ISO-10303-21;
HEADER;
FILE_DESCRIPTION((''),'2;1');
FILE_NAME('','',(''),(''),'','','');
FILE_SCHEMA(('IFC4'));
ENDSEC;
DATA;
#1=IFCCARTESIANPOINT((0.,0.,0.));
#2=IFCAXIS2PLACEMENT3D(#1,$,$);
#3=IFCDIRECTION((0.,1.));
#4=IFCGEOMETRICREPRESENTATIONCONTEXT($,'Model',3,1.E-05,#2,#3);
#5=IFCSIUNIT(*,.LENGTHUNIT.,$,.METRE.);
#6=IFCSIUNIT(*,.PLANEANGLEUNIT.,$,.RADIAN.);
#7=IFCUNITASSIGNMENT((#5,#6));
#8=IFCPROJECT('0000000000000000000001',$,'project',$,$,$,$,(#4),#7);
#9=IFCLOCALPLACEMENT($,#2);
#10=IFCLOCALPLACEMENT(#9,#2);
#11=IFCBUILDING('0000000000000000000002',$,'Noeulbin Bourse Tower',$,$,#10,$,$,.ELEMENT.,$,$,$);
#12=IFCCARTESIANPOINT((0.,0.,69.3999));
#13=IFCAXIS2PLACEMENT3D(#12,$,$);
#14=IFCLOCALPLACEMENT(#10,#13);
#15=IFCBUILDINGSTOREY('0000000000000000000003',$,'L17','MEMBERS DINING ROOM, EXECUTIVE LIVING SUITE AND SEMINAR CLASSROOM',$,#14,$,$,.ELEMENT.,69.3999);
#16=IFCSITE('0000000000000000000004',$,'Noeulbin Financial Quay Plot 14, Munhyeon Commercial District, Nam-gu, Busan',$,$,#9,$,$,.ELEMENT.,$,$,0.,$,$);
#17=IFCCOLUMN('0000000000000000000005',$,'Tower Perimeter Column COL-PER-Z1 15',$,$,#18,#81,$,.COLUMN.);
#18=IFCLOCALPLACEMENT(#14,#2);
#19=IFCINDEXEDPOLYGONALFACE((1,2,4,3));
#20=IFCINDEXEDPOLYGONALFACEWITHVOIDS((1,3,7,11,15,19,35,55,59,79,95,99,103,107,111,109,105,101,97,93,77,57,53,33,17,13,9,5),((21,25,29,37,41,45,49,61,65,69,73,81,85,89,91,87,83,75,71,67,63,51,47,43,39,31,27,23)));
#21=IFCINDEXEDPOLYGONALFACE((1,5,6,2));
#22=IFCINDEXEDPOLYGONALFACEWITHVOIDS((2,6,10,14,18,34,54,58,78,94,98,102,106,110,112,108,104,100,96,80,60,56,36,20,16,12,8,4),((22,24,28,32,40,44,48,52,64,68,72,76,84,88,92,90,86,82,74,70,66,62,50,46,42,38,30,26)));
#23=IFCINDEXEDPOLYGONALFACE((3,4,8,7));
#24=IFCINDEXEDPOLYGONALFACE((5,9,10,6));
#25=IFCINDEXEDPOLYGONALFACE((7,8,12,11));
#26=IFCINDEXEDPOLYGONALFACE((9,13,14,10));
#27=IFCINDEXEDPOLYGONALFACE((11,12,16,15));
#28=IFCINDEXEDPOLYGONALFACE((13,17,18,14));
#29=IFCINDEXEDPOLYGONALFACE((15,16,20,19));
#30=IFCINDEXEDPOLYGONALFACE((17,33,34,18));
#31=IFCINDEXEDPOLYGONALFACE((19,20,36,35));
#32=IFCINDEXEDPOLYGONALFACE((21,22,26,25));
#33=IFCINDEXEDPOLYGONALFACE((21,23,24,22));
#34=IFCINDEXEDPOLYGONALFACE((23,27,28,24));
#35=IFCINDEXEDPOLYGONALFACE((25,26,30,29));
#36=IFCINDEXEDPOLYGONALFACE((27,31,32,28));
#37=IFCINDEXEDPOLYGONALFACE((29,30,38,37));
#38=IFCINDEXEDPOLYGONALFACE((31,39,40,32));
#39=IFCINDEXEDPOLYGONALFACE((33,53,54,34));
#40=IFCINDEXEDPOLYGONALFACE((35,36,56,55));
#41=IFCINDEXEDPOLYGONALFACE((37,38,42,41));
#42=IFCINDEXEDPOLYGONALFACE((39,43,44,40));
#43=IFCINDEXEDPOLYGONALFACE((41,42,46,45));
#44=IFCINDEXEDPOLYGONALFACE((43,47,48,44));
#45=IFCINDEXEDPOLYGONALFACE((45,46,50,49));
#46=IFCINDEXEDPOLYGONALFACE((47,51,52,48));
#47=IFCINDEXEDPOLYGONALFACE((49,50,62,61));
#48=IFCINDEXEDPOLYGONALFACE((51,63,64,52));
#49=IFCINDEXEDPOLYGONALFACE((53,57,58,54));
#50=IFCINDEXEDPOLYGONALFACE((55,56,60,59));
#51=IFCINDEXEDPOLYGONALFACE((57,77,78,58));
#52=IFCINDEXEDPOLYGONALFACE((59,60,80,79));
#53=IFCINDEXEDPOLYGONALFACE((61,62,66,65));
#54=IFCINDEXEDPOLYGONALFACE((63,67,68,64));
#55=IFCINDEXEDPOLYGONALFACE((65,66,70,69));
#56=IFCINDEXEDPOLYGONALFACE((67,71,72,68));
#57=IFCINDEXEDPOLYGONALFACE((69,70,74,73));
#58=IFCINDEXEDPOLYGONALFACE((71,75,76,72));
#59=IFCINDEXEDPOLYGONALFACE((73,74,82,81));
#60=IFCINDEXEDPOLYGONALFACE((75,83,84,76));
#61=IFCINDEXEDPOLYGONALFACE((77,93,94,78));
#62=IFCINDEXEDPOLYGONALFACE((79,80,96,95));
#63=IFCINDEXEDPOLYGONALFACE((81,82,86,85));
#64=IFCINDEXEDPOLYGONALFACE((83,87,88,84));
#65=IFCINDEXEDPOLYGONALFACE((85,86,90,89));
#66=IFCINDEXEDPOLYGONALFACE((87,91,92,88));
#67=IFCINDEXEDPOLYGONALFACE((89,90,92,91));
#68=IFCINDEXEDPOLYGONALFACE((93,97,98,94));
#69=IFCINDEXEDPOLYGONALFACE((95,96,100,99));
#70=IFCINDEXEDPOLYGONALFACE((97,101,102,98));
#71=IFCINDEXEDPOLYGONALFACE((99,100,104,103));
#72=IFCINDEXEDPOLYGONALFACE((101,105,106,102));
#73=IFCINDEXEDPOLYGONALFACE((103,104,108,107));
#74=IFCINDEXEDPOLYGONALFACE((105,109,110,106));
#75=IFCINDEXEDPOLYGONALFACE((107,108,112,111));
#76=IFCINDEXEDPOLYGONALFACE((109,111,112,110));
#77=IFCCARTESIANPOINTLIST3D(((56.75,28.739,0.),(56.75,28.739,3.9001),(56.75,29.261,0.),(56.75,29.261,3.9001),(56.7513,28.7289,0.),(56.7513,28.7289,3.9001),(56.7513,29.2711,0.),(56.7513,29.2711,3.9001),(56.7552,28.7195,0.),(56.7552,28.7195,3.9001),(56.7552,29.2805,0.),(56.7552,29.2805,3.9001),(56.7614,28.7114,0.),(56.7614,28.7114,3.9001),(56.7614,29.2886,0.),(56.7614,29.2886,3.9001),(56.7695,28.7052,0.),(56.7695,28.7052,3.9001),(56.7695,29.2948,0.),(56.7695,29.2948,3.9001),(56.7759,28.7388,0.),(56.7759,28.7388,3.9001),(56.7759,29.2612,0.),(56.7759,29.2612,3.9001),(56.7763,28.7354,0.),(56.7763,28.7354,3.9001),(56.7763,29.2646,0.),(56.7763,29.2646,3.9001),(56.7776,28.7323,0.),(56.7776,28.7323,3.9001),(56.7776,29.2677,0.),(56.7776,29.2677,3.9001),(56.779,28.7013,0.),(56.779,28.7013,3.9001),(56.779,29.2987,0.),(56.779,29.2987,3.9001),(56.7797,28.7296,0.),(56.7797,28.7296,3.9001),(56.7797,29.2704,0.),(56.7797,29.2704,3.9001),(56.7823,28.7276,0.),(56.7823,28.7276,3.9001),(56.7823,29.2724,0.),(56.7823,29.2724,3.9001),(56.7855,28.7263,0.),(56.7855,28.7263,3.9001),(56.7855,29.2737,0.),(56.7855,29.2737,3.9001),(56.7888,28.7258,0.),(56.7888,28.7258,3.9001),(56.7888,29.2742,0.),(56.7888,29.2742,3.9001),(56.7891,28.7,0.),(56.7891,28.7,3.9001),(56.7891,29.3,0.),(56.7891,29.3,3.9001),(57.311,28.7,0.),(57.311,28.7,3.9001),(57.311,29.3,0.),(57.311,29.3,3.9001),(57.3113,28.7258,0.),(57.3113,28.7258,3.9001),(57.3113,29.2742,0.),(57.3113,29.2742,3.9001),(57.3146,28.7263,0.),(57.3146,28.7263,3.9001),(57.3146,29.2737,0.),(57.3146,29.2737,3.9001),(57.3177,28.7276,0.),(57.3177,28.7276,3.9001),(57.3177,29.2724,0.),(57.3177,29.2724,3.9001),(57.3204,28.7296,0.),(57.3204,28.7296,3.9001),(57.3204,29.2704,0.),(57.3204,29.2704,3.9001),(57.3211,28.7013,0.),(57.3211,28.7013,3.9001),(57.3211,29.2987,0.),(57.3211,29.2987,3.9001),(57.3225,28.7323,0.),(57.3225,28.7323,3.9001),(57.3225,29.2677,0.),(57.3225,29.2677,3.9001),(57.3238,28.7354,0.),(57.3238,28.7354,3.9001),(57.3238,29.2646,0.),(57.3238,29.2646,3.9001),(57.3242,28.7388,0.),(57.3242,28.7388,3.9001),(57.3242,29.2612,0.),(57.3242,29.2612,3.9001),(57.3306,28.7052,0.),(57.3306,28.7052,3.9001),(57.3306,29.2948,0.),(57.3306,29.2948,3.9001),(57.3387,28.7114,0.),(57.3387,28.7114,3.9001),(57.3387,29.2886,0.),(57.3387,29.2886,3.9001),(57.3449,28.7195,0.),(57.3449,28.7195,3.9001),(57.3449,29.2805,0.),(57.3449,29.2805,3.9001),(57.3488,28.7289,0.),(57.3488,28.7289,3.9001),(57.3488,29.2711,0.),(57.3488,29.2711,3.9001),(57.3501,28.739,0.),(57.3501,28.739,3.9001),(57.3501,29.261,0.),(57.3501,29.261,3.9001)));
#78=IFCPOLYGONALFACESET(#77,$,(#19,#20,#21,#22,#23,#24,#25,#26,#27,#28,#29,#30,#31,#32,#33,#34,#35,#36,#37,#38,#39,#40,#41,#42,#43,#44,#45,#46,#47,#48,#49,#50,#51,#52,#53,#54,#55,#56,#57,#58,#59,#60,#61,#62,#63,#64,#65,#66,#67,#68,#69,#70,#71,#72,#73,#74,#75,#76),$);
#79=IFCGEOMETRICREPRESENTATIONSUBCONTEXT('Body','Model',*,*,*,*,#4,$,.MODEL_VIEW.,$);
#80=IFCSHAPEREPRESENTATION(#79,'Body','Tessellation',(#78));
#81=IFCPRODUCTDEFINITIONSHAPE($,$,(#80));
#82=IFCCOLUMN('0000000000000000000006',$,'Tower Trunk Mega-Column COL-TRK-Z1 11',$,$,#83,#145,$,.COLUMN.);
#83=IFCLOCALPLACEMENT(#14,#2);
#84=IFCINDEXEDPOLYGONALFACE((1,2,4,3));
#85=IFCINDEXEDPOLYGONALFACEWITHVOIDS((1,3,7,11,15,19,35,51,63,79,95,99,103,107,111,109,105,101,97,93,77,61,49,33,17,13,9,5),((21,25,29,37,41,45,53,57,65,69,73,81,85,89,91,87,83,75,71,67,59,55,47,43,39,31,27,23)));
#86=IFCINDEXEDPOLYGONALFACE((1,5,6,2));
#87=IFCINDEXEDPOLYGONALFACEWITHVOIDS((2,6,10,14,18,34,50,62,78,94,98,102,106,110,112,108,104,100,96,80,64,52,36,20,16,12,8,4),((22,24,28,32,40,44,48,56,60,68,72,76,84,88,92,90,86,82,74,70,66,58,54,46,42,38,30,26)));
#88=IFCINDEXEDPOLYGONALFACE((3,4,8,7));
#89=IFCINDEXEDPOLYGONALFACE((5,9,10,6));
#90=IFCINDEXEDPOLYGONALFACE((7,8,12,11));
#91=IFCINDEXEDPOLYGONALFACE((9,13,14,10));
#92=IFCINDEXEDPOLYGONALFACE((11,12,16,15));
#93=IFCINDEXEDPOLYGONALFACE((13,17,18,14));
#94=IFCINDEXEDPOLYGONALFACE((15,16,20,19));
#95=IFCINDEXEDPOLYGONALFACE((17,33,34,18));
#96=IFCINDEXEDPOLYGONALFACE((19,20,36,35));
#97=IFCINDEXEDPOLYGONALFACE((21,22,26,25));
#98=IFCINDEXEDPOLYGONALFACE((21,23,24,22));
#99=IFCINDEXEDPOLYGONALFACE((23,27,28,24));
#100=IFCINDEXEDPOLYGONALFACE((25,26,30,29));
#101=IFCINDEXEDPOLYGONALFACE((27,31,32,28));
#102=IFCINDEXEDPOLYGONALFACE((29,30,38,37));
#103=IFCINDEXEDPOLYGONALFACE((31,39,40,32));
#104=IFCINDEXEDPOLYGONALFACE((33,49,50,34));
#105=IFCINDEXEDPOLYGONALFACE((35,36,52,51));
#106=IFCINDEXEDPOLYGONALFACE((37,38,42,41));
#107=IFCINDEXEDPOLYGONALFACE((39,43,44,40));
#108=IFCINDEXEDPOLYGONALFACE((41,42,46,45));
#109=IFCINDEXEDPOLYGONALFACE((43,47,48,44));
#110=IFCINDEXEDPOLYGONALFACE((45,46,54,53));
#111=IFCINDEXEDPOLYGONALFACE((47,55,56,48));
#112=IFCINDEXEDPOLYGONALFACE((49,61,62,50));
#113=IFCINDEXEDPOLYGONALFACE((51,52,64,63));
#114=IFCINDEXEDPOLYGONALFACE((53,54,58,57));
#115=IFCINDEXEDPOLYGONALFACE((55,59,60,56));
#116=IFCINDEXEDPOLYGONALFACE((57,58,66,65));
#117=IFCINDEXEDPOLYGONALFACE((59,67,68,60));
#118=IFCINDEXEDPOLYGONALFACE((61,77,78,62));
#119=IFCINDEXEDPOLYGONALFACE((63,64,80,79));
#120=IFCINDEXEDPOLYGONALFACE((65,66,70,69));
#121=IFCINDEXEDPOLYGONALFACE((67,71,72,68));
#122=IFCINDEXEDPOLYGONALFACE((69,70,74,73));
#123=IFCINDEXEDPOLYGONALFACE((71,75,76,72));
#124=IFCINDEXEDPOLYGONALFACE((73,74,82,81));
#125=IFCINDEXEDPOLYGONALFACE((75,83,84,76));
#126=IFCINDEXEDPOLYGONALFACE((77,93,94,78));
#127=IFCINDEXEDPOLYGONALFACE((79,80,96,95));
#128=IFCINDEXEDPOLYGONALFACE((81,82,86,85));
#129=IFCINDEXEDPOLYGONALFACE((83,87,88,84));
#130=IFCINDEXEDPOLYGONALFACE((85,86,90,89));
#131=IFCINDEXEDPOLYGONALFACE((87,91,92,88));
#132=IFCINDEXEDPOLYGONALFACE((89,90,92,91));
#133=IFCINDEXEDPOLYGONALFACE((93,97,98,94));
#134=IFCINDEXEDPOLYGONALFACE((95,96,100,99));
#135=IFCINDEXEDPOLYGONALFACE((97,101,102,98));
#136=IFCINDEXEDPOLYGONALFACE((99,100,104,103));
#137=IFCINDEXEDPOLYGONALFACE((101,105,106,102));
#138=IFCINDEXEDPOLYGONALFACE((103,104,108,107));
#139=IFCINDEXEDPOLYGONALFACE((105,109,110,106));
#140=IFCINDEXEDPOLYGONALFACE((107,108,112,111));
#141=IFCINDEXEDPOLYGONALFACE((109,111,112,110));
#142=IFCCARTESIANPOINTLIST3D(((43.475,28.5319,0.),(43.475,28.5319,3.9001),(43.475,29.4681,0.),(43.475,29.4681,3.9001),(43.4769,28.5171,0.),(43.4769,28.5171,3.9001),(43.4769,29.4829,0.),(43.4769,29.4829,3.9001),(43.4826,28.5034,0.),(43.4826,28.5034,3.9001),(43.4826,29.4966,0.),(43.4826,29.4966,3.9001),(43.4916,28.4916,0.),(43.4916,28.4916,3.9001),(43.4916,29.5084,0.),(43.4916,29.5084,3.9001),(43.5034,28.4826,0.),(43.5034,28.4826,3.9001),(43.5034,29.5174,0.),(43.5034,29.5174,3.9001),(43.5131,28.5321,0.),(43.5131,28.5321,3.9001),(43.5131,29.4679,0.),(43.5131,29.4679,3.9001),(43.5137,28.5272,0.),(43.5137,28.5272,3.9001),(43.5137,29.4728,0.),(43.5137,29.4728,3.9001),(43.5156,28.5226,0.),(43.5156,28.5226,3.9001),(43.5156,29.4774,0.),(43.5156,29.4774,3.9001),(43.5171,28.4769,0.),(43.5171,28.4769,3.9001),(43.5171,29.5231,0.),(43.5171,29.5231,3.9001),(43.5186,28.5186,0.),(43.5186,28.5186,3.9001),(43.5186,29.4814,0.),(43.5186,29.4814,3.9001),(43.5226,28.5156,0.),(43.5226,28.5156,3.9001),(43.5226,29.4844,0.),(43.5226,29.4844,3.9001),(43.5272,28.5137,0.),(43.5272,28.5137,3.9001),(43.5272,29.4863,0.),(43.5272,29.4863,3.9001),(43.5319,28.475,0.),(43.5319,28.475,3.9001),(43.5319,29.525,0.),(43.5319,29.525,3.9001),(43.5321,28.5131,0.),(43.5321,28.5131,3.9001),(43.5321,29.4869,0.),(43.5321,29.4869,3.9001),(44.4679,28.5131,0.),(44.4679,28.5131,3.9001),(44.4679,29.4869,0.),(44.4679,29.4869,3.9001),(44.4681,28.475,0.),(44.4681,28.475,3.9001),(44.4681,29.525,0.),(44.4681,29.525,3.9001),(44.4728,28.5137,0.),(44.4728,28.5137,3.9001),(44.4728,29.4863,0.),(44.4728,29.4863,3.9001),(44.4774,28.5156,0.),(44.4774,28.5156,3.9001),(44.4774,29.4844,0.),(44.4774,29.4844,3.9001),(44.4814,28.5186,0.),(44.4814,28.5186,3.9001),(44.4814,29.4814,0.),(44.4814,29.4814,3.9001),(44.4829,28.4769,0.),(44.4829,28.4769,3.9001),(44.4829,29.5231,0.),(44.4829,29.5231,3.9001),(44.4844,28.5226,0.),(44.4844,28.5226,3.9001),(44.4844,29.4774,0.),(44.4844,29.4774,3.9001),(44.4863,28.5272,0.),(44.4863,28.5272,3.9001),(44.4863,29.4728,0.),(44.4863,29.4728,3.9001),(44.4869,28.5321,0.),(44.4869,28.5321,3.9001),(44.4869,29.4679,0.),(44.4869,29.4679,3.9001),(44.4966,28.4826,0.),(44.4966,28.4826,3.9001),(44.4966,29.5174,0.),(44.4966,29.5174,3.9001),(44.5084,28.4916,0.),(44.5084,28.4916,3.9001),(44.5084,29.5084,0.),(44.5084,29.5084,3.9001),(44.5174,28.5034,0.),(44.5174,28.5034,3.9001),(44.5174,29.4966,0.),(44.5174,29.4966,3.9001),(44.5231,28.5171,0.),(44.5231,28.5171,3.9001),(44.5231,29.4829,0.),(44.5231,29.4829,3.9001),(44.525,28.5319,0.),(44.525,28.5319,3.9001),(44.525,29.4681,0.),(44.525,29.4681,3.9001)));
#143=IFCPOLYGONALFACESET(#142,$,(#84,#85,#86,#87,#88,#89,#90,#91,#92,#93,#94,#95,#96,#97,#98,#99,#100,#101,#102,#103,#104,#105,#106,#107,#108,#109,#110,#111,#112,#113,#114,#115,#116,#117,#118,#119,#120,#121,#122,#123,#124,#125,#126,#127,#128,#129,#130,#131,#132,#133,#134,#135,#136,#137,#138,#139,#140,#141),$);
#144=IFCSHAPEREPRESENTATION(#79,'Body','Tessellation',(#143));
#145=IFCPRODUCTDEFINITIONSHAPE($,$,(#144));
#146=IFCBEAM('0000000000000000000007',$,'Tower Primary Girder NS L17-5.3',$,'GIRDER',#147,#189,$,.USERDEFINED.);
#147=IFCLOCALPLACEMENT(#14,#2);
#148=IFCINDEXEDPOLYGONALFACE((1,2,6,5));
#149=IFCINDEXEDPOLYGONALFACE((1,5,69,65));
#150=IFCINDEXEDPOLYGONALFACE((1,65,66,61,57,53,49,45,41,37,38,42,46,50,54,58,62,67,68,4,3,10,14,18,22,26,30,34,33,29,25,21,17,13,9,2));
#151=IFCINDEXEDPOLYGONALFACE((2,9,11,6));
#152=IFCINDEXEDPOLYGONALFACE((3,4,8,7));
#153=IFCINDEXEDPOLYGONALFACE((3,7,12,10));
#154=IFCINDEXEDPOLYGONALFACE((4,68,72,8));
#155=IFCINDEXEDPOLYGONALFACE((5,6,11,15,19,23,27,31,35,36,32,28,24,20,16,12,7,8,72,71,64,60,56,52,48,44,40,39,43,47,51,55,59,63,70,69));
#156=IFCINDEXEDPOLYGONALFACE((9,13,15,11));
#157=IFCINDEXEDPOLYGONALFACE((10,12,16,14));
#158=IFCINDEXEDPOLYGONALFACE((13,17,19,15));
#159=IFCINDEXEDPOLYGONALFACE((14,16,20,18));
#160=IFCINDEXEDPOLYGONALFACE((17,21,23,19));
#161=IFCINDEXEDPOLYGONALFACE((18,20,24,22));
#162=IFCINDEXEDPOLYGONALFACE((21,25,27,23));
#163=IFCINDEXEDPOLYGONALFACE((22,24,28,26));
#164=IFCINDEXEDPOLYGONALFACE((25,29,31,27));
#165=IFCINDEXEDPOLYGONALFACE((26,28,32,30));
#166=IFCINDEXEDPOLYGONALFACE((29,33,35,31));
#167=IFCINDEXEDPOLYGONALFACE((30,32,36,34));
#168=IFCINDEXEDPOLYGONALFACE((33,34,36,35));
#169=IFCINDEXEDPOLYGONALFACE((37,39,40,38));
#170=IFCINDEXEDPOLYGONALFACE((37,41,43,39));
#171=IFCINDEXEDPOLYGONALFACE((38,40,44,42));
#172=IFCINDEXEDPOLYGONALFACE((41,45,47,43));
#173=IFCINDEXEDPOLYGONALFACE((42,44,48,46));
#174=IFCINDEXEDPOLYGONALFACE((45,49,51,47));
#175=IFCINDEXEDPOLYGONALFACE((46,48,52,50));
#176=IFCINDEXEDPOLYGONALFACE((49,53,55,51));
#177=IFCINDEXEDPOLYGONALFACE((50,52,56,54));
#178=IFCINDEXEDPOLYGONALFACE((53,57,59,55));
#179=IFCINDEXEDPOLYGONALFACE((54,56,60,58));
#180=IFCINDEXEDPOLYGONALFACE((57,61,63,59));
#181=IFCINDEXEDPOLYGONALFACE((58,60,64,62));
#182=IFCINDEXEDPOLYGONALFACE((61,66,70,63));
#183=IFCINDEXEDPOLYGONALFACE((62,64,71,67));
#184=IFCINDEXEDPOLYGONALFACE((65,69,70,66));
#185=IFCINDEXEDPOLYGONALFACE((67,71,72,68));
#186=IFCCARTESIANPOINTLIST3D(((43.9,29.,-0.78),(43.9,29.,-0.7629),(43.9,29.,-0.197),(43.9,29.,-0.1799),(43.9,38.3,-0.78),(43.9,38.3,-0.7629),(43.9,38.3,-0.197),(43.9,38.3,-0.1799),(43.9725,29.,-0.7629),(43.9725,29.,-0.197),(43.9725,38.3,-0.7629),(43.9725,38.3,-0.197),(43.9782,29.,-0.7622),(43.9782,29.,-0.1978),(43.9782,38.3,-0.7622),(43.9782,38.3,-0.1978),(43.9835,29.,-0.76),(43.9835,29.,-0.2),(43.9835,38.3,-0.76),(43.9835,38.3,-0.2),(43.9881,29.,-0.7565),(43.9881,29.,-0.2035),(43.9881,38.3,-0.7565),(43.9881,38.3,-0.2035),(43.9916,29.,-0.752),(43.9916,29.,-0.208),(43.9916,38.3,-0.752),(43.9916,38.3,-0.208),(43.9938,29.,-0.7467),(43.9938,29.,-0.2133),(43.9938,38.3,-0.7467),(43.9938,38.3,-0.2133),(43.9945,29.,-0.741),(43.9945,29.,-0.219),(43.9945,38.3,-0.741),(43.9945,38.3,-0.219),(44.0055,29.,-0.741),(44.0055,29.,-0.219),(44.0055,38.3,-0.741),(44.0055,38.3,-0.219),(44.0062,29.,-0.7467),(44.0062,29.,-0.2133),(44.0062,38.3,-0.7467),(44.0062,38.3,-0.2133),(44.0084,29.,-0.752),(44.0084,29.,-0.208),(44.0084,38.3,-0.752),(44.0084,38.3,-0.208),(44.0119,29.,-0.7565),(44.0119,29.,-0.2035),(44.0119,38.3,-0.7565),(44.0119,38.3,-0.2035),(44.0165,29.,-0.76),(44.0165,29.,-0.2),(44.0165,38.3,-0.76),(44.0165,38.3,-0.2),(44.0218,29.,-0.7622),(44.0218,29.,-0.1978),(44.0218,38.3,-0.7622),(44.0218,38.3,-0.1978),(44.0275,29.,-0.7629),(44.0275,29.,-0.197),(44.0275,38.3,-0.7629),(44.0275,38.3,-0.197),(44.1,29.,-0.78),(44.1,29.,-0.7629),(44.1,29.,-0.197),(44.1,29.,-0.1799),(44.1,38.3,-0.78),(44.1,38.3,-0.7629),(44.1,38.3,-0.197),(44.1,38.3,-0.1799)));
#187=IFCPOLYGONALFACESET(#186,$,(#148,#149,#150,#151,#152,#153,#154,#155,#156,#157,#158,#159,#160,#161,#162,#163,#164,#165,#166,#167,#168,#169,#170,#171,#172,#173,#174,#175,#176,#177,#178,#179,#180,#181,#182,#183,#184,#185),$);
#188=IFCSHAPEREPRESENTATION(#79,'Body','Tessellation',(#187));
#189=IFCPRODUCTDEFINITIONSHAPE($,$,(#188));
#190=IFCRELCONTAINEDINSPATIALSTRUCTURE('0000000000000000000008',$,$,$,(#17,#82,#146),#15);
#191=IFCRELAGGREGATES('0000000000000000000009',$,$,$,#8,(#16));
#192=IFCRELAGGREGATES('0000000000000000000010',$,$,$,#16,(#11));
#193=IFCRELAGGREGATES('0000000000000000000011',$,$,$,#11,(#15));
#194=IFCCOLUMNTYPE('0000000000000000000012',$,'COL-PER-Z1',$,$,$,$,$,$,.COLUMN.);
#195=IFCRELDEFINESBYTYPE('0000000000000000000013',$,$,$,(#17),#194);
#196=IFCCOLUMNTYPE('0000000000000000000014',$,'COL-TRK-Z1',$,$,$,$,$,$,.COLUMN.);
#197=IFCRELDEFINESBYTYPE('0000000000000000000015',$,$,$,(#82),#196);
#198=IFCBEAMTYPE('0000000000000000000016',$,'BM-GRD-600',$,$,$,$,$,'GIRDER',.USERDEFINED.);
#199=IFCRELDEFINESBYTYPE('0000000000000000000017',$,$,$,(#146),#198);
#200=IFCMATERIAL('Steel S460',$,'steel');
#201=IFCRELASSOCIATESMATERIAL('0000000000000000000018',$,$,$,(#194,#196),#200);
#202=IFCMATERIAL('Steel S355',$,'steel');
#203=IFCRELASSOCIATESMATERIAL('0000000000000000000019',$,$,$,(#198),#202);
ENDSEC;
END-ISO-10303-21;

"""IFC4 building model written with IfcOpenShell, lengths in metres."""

from ifc_helpers import new_model, si_unit, direction, frame, origin, origin_2d, place, context, subcontext, project, spatial, hollow_rectangle, i_section, extrude, material, material_profile, profile_set, type_object, element, save


model = new_model("IFC4")

# Units and contexts
model_context = context("Model", 3, precision=1e-05, world=origin(), true_north=direction((0.0, 1.0)))
body_context = subcontext(model_context, "Body", "Model", "MODEL_VIEW")
ifc_project = project(units=[si_unit("LENGTHUNIT", "METRE"), si_unit("PLANEANGLEUNIT", "RADIAN")], contexts=[model_context])

# Site, building, storey
site_placement = place(None, origin())
site = spatial("IfcSite", under=ifc_project, at=site_placement, Name="Noeulbin Financial Quay Plot 14, Munhyeon Commercial District, Nam-gu, Busan", CompositionType="ELEMENT", RefElevation=0.0)
building_placement = place(site_placement, origin())
building = spatial("IfcBuilding", under=site, at=building_placement, Name="Noeulbin Bourse Tower", CompositionType="ELEMENT")
storey_placement = place(building_placement, frame((0.0, 0.0, 69.3999)))
storey = spatial("IfcBuildingStorey", under=building, at=storey_placement, Name="L17", Description="MEMBERS DINING ROOM, EXECUTIVE LIVING SUITE AND SEMINAR CLASSROOM", CompositionType="ELEMENT", Elevation=69.3999)

# Columns
ifc_material_1 = material(Name="Steel S460", Category="steel")
ifc_material_profile_1 = material_profile(ifc_material_1, hollow_rectangle(XDim=0.6001, YDim=0.6001, WallThickness=0.0259, InnerFilletRadius=0.0129, OuterFilletRadius=0.0391, at=origin_2d()), Name="BOX-600x600x26", Category="LoadBearing")
ifc_profile_set_1 = profile_set([ifc_material_profile_1], Name="Steel S460")
column_type_1 = type_object("IfcColumnType", Name="COL-PER-Z1", PredefinedType="COLUMN", material=ifc_profile_set_1)
column_1_placement = place(storey_placement, frame((57.05, 29.0, 0.0), z_axis=(0.0, 0.0, 1.0), x_axis=(1.0, 0.0, 0.0)))
element("IfcColumn", 1, at=column_1_placement, inside=storey, type_object=column_type_1, Name="Tower Perimeter Column COL-PER-Z1 15", PredefinedType="COLUMN", context=body_context, shape_type="SweptSolid", body=[
    extrude(hollow_rectangle(XDim=0.6001, YDim=0.6001, WallThickness=0.0259, InnerFilletRadius=0.0129, OuterFilletRadius=0.0391, at=origin_2d()), origin(), (0.0, 0.0, 1.0), 3.9001),
])
ifc_material_profile_2 = material_profile(ifc_material_1, hollow_rectangle(XDim=1.05, YDim=1.05, WallThickness=0.0381, InnerFilletRadius=0.019, OuterFilletRadius=0.0569, at=origin_2d()), Name="BOX-1050x1050x38", Category="LoadBearing")
ifc_profile_set_2 = profile_set([ifc_material_profile_2], Name="Steel S460")
column_type_2 = type_object("IfcColumnType", Name="COL-TRK-Z1", PredefinedType="COLUMN", material=ifc_profile_set_2)
column_2_placement = place(storey_placement, frame((44.0, 29.0, 0.0), z_axis=(0.0, 0.0, 1.0), x_axis=(1.0, 0.0, 0.0)))
element("IfcColumn", 2, at=column_2_placement, inside=storey, type_object=column_type_2, Name="Tower Trunk Mega-Column COL-TRK-Z1 11", PredefinedType="COLUMN", context=body_context, shape_type="SweptSolid", body=[
    extrude(hollow_rectangle(XDim=1.05, YDim=1.05, WallThickness=0.0381, InnerFilletRadius=0.019, OuterFilletRadius=0.0569, at=origin_2d()), origin(), (0.0, 0.0, 1.0), 3.9001),
])

# Beam
ifc_material_2 = material(Name="Steel S355", Category="steel")
ifc_material_profile_3 = material_profile(ifc_material_2, i_section(OverallWidth=0.2, OverallDepth=0.6001, WebThickness=0.011, FlangeThickness=0.0171, FilletRadius=0.022, at=origin_2d()), Name="H-600x200x11x17", Category="LoadBearing")
ifc_profile_set_3 = profile_set([ifc_material_profile_3], Name="Steel S355")
beam_type_1 = type_object("IfcBeamType", Name="BM-GRD-600", ElementType="GIRDER", PredefinedType="USERDEFINED", material=ifc_profile_set_3)
beam_1_placement = place(storey_placement, frame((44.0, 29.0, -0.48), z_axis=(0.0, 1.0, 0.0), x_axis=(-1.0, 0.0, 0.0)))
element("IfcBeam", 3, at=beam_1_placement, inside=storey, type_object=beam_type_1, Name="Tower Primary Girder NS L17-5.3", ObjectType="GIRDER", PredefinedType="USERDEFINED", context=body_context, shape_type="SweptSolid", body=[
    extrude(i_section(OverallWidth=0.2, OverallDepth=0.6001, WebThickness=0.011, FlangeThickness=0.0171, FilletRadius=0.022, at=origin_2d()), origin(), (0.0, 0.0, 1.0), 9.3),
])

save(model, "model.ifc")
